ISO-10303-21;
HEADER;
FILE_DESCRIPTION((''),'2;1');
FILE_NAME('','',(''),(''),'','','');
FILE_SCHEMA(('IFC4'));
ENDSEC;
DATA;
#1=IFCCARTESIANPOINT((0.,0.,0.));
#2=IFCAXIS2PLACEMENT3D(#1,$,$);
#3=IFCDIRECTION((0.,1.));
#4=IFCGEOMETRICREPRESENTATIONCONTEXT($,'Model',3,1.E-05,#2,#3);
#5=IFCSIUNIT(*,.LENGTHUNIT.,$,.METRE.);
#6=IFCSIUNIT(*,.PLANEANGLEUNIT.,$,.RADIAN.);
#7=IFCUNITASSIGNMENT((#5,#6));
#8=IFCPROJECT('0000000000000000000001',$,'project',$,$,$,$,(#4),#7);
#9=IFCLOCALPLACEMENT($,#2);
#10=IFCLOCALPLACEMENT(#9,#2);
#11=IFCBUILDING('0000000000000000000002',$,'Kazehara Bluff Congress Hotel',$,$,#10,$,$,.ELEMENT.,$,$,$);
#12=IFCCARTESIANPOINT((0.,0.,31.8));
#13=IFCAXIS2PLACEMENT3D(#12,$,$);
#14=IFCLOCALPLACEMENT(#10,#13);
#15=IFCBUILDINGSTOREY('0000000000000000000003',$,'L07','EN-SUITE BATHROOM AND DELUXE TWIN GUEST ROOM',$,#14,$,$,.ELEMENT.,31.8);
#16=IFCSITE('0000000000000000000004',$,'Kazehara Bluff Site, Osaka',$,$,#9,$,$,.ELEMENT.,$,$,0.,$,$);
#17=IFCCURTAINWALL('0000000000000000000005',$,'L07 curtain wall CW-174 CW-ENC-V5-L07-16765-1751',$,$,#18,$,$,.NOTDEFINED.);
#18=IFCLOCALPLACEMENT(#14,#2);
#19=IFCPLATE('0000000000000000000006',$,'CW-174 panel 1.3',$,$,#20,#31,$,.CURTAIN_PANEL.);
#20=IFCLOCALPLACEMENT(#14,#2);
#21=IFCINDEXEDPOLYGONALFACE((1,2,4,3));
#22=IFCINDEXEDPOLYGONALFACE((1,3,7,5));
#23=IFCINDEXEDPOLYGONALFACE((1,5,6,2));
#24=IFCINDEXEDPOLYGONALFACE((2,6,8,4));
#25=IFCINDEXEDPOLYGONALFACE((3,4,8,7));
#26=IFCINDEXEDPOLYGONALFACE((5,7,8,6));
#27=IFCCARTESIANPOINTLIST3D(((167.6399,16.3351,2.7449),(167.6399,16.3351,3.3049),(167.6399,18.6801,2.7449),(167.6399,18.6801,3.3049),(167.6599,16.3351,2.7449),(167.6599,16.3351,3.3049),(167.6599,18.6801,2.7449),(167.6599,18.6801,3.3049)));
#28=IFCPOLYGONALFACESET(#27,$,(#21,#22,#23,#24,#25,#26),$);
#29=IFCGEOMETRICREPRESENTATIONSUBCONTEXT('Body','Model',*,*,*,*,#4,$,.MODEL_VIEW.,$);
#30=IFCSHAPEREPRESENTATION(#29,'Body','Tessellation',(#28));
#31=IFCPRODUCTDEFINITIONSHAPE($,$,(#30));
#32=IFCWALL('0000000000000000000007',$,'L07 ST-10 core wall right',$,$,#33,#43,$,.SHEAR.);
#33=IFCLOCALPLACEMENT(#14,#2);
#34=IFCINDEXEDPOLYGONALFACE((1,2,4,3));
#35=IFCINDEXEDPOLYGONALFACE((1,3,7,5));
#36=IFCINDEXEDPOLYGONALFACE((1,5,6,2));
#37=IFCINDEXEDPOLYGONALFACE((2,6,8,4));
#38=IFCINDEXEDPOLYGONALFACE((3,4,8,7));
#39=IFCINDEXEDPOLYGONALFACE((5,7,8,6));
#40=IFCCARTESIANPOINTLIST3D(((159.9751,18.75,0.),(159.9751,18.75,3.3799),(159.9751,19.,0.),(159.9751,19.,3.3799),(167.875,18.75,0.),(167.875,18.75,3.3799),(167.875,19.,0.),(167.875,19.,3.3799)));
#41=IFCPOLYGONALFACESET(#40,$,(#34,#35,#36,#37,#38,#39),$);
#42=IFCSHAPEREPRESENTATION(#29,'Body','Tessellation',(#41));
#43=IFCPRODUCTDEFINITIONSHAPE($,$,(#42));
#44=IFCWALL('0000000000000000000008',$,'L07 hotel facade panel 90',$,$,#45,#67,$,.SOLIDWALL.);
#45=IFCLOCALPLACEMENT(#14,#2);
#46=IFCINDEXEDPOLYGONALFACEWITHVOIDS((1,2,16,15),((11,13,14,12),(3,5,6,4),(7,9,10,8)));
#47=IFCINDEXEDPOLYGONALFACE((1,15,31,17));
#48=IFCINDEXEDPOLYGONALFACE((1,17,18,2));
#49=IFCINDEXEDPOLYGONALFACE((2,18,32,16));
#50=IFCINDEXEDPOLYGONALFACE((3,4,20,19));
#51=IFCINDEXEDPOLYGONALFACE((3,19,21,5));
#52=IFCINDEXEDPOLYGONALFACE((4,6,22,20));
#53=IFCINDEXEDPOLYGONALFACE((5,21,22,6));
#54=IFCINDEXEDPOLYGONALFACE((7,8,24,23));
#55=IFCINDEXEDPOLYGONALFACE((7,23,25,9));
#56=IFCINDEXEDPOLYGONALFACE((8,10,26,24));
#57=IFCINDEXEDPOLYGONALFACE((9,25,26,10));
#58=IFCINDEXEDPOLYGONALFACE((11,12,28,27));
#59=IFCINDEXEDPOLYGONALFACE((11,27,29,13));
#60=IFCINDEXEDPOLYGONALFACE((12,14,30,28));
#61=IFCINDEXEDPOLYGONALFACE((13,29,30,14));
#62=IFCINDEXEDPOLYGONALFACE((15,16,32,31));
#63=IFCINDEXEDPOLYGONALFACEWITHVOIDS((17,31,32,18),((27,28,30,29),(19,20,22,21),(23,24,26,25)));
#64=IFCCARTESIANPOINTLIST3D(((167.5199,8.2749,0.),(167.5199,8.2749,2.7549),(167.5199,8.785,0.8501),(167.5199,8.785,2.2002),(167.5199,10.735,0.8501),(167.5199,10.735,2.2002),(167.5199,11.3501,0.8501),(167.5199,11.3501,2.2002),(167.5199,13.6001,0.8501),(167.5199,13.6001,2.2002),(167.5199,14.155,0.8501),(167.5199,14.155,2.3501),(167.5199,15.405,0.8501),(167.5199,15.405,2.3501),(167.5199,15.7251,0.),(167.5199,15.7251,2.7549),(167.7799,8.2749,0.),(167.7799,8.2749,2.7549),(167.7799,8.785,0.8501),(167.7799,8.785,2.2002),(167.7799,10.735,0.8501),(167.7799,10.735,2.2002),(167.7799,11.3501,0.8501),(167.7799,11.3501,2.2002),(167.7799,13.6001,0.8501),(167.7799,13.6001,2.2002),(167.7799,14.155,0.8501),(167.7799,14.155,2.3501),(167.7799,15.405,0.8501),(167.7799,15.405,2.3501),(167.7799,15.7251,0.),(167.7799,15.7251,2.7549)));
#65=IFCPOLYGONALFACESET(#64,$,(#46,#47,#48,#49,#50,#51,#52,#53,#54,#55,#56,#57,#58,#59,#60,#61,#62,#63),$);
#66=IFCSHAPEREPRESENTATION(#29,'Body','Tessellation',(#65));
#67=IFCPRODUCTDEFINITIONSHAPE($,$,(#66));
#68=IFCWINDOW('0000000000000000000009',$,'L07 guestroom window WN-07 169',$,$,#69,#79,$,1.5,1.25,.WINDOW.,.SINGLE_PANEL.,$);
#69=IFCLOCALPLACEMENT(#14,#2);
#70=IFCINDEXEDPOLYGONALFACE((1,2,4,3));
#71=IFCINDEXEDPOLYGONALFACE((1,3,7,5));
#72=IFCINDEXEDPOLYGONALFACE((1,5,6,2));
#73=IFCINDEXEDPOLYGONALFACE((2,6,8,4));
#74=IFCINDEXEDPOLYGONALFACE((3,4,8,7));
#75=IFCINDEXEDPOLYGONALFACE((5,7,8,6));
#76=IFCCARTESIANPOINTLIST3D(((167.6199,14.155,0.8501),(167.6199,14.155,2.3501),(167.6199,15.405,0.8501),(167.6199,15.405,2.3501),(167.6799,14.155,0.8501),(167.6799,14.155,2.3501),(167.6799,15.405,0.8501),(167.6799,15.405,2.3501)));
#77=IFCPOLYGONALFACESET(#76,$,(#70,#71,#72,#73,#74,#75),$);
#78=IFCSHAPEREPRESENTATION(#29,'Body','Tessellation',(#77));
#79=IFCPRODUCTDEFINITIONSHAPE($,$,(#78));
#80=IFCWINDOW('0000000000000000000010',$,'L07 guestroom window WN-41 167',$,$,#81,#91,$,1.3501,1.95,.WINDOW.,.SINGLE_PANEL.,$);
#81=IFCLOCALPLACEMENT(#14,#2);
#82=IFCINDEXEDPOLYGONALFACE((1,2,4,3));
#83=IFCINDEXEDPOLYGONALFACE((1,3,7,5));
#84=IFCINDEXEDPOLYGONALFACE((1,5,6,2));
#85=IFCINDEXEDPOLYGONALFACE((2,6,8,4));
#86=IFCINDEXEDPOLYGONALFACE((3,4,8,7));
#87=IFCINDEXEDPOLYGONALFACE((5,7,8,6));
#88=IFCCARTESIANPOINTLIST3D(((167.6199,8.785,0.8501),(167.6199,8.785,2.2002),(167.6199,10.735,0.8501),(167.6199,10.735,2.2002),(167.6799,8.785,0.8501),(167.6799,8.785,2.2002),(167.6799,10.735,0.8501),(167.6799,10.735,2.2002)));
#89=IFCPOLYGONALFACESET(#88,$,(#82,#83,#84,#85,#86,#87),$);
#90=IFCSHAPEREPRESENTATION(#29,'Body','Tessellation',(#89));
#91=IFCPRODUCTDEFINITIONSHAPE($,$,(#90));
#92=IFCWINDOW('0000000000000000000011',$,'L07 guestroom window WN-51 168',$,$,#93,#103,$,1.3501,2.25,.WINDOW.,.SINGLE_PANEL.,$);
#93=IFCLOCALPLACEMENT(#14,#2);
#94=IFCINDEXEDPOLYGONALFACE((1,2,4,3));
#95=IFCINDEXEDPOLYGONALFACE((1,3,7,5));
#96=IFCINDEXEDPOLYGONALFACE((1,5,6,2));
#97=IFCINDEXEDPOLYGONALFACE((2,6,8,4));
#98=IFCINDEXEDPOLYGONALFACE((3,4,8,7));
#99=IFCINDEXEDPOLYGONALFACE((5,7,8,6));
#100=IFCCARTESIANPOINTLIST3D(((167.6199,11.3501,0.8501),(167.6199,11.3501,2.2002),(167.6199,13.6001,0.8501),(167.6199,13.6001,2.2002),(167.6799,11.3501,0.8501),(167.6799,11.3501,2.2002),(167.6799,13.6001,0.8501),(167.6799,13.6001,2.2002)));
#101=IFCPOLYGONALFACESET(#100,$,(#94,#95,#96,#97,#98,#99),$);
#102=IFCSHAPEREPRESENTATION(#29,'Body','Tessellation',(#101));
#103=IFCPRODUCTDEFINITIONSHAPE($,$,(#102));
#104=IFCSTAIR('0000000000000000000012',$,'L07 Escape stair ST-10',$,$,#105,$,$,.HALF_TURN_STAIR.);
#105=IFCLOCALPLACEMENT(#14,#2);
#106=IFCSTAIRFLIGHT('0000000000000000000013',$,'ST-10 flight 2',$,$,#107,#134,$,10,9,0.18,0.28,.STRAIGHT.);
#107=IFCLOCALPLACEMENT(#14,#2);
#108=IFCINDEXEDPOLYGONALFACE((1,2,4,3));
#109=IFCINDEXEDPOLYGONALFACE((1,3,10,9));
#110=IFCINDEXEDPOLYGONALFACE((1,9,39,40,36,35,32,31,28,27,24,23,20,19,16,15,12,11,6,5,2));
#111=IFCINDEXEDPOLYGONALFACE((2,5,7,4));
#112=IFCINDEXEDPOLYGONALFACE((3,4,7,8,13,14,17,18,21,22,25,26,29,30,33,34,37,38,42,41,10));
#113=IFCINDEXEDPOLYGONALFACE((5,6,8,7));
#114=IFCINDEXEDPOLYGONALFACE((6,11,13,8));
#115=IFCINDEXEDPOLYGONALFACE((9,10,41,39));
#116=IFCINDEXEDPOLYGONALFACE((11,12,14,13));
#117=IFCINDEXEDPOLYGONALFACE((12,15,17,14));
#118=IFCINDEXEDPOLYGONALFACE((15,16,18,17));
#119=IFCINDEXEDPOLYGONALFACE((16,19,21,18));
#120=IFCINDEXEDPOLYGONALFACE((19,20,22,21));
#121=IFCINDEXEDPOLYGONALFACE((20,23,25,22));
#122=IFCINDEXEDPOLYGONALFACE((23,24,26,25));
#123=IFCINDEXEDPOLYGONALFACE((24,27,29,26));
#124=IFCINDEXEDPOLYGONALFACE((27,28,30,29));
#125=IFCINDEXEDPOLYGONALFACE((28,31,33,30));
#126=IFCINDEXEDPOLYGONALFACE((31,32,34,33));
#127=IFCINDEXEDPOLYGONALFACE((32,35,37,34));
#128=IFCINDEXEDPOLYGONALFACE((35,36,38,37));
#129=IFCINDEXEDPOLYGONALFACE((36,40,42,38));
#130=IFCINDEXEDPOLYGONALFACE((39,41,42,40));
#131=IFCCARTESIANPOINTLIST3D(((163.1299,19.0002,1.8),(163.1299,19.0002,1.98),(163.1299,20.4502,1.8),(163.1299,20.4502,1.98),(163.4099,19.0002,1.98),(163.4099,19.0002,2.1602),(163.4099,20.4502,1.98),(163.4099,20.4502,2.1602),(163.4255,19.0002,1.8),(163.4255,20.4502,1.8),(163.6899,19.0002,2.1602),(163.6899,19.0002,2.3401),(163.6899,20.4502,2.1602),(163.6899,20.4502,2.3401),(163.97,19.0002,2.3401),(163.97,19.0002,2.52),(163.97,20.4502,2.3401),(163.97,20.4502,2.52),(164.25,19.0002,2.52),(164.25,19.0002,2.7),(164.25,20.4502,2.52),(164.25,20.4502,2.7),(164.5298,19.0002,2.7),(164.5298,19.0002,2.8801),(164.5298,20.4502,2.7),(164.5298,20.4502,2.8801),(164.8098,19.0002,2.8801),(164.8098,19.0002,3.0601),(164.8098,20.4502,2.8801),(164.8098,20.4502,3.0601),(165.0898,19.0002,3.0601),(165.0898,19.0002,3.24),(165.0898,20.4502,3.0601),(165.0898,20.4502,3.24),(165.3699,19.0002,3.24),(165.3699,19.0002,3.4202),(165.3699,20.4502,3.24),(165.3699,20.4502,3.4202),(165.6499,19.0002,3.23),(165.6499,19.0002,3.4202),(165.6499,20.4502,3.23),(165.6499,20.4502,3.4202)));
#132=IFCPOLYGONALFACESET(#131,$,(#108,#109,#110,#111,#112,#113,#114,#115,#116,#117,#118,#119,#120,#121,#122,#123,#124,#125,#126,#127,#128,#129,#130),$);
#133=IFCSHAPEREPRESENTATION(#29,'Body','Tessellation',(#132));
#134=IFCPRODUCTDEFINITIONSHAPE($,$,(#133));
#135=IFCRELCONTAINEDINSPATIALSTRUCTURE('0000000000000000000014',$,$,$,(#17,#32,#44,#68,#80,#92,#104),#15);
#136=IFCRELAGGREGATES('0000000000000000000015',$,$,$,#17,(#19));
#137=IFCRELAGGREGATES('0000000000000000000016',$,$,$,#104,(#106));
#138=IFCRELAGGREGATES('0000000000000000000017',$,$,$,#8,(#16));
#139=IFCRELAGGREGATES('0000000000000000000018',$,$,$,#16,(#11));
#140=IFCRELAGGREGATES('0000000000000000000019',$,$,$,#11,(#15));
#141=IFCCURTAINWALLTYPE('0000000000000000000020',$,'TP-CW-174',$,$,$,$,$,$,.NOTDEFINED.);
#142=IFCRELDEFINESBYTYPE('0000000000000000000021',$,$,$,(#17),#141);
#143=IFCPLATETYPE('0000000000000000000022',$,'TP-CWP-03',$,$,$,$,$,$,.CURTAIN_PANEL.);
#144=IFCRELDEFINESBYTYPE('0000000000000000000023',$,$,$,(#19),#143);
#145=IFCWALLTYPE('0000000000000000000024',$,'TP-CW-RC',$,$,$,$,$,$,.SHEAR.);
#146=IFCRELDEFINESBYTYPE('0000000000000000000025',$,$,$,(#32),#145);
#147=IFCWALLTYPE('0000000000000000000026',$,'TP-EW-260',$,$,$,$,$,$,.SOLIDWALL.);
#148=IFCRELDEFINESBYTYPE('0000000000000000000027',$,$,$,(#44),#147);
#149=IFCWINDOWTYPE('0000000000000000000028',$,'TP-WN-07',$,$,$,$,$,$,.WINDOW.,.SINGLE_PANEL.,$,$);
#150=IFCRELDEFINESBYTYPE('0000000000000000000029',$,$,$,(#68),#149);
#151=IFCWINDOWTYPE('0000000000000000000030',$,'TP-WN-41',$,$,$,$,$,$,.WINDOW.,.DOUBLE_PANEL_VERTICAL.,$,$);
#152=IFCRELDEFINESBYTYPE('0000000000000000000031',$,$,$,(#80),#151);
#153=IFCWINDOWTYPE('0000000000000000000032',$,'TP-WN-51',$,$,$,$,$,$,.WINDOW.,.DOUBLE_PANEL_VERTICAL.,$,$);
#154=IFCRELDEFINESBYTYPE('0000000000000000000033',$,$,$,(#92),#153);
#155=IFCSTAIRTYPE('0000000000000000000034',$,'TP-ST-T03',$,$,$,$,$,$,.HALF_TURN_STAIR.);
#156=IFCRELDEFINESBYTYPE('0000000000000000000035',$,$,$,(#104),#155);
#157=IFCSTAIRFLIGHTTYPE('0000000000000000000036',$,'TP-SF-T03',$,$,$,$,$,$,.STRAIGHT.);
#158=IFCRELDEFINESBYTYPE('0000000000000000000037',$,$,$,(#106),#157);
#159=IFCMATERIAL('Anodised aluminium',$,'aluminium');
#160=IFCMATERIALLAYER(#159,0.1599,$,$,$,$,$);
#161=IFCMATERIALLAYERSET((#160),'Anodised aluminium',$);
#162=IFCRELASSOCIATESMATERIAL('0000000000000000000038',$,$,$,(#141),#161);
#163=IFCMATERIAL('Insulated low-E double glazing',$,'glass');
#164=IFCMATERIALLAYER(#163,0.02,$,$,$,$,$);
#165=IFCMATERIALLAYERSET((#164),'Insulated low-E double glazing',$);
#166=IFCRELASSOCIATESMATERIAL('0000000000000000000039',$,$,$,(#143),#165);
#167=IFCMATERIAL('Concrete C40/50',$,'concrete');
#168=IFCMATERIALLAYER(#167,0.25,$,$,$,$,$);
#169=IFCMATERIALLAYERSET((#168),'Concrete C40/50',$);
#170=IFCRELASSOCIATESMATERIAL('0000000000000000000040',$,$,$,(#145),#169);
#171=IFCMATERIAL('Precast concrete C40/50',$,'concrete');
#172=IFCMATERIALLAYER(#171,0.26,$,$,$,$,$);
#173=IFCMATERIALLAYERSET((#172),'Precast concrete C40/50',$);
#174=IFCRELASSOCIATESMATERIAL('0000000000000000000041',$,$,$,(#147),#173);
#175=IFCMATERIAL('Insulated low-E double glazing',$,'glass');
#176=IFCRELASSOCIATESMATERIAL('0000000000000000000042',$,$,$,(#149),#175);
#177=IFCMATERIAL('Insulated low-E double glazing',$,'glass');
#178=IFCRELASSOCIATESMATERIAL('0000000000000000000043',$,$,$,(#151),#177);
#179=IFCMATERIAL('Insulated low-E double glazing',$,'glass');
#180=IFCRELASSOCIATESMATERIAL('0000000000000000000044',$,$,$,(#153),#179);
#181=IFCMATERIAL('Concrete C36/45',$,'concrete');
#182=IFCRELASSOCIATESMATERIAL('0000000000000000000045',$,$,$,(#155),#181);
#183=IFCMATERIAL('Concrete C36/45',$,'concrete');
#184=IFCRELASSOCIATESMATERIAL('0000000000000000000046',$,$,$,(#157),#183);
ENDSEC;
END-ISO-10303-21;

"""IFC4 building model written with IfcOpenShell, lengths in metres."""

from ifc_helpers import new_model, si_unit, direction, frame, frame_2d, origin, origin_2d, place, context, subcontext, project, spatial, polyline, rectangle, outline, extrude, material, layer, layer_set, type_object, element, fill, aggregate, save


model = new_model("IFC4")

# Units and contexts
model_context = context("Model", 3, precision=1e-05, world=origin(), true_north=direction((0.0, 1.0)))
body_context = subcontext(model_context, "Body", "Model", "MODEL_VIEW")
ifc_project = project(units=[si_unit("LENGTHUNIT", "METRE"), si_unit("PLANEANGLEUNIT", "RADIAN")], contexts=[model_context])

# Site, building, storey
site_placement = place(None, origin())
site = spatial("IfcSite", under=ifc_project, at=site_placement, Name="Kazehara Bluff Site, Osaka", CompositionType="ELEMENT", RefElevation=0.0)
building_placement = place(site_placement, origin())
building = spatial("IfcBuilding", under=site, at=building_placement, Name="Kazehara Bluff Congress Hotel", CompositionType="ELEMENT")
storey_placement = place(building_placement, frame((0.0, 0.0, 31.8)))
storey = spatial("IfcBuildingStorey", under=building, at=storey_placement, Name="L07", Description="EN-SUITE BATHROOM AND DELUXE TWIN GUEST ROOM", CompositionType="ELEMENT", Elevation=31.8)

# Curtain wall
ifc_material_1 = material(Name="Anodised aluminium", Category="aluminium")
ifc_layer_1 = layer(ifc_material_1, 0.1599)
ifc_layer_set_1 = layer_set([ifc_layer_1], Name="Anodised aluminium")
curtain_wall_type = type_object("IfcCurtainWallType", Name="TP-CW-174", PredefinedType="NOTDEFINED", material=ifc_layer_set_1)
curtain_wall_placement = place(storey_placement, origin())
curtain_wall = element("IfcCurtainWall", 1, at=curtain_wall_placement, inside=storey, type_object=curtain_wall_type, Name="L07 curtain wall CW-174 CW-ENC-V5-L07-16765-1751", PredefinedType="NOTDEFINED")

# Plate
ifc_material_2 = material(Name="Insulated low-E double glazing", Category="glass")
ifc_layer_2 = layer(ifc_material_2, 0.02)
ifc_layer_set_2 = layer_set([ifc_layer_2], Name="Insulated low-E double glazing")
plate_type = type_object("IfcPlateType", Name="TP-CWP-03", PredefinedType="CURTAIN_PANEL", material=ifc_layer_set_2)
plate_1_placement = place(storey_placement, frame((167.6499, 17.5076, 2.7449), z_axis=(0.0, 0.0, 1.0), x_axis=(0.0, -1.0, 0.0)))
plate_1 = element("IfcPlate", 2, at=plate_1_placement, type_object=plate_type, Name="CW-174 panel 1.3", PredefinedType="CURTAIN_PANEL", context=body_context, shape_type="SweptSolid", body=[
    extrude(rectangle(XDim=2.345, YDim=0.02, at=origin_2d()), origin(), (0.0, 0.0, 1.0), 0.5601),
])
aggregate(curtain_wall, [plate_1])

# Wall
ifc_material_3 = material(Name="Concrete C40/50", Category="concrete")
ifc_layer_3 = layer(ifc_material_3, 0.25)
ifc_layer_set_3 = layer_set([ifc_layer_3], Name="Concrete C40/50")
wall_type_1 = type_object("IfcWallType", Name="TP-CW-RC", PredefinedType="SHEAR", material=ifc_layer_set_3)
wall_1_placement = place(storey_placement, frame((167.875, 18.875, 0.0), z_axis=(0.0, 0.0, 1.0), x_axis=(-1.0, 0.0, 0.0)))
element("IfcWall", 3, at=wall_1_placement, inside=storey, type_object=wall_type_1, Name="L07 ST-10 core wall right", PredefinedType="SHEAR", context=body_context, shape_type="SweptSolid", body=[
    extrude(rectangle(XDim=7.8999, YDim=0.25, at=frame_2d((3.95, 0.0))), origin(), (0.0, 0.0, 1.0), 3.3799),
])

# Wall, openings, windows
ifc_material_4 = material(Name="Precast concrete C40/50", Category="concrete")
ifc_layer_4 = layer(ifc_material_4, 0.26)
ifc_layer_set_4 = layer_set([ifc_layer_4], Name="Precast concrete C40/50")
wall_type_2 = type_object("IfcWallType", Name="TP-EW-260", PredefinedType="SOLIDWALL", material=ifc_layer_set_4)
wall_2_placement = place(storey_placement, frame((167.6499, 15.7251, 0.0), z_axis=(0.0, 0.0, 1.0), x_axis=(0.0, -1.0, 0.0)))
wall_2 = element("IfcWall", 4, at=wall_2_placement, inside=storey, type_object=wall_type_2, Name="L07 hotel facade panel 90", PredefinedType="SOLIDWALL", context=body_context, shape_type="SweptSolid", body=[
    extrude(rectangle(XDim=7.4502, YDim=0.26, at=frame_2d((3.7251, 0.0))), origin(), (0.0, 0.0, 1.0), 2.7549),
])
opening_1_placement = place(wall_2_placement, frame((4.99, 0.0, 0.8501)))
opening_1 = element("IfcOpeningElement", 5, at=opening_1_placement, cuts=wall_2, PredefinedType="OPENING", context=body_context, shape_type="SweptSolid", body=[
    extrude(rectangle(XDim=1.95, YDim=1.3501, at=frame_2d((0.9751, 0.675))), frame((0.0, 0.1399, 0.0), z_axis=(0.0, -1.0, 0.0), x_axis=(1.0, 0.0, 0.0)), (0.0, 0.0, 1.0), 0.28),
])
opening_2_placement = place(wall_2_placement, frame((2.125, 0.0, 0.8501)))
opening_2 = element("IfcOpeningElement", 6, at=opening_2_placement, cuts=wall_2, PredefinedType="OPENING", context=body_context, shape_type="SweptSolid", body=[
    extrude(rectangle(XDim=2.25, YDim=1.3501, at=frame_2d((1.125, 0.675))), frame((0.0, 0.1399, 0.0), z_axis=(0.0, -1.0, 0.0), x_axis=(1.0, 0.0, 0.0)), (0.0, 0.0, 1.0), 0.28),
])
opening_3_placement = place(wall_2_placement, frame((0.3201, 0.0, 0.8501)))
opening_3 = element("IfcOpeningElement", 7, at=opening_3_placement, cuts=wall_2, PredefinedType="OPENING", context=body_context, shape_type="SweptSolid", body=[
    extrude(rectangle(XDim=1.25, YDim=1.5, at=frame_2d((0.625, 0.75))), frame((0.0, 0.1399, 0.0), z_axis=(0.0, -1.0, 0.0), x_axis=(1.0, 0.0, 0.0)), (0.0, 0.0, 1.0), 0.28),
])
ifc_material_5 = material(Name="Insulated low-E double glazing", Category="glass")
window_type_1 = type_object("IfcWindowType", Name="TP-WN-07", PartitioningType="SINGLE_PANEL", PredefinedType="WINDOW", material=ifc_material_5)
window_1_placement = place(opening_3_placement, origin())
window_1 = element("IfcWindow", 8, at=window_1_placement, inside=storey, type_object=window_type_1, Name="L07 guestroom window WN-07 169", OverallHeight=1.5, OverallWidth=1.25, PartitioningType="SINGLE_PANEL", PredefinedType="WINDOW", context=body_context, shape_type="SweptSolid", body=[
    extrude(rectangle(XDim=1.25, YDim=1.5, at=frame_2d((0.625, 0.75))), frame((0.0, 0.03, 0.0), z_axis=(0.0, -1.0, 0.0), x_axis=(1.0, 0.0, 0.0)), (0.0, 0.0, 1.0), 0.0601),
])
fill(opening_3, window_1)
ifc_material_6 = material(Name="Insulated low-E double glazing", Category="glass")
window_type_2 = type_object("IfcWindowType", Name="TP-WN-41", PartitioningType="DOUBLE_PANEL_VERTICAL", PredefinedType="WINDOW", material=ifc_material_6)
window_2_placement = place(opening_1_placement, origin())
window_2 = element("IfcWindow", 9, at=window_2_placement, inside=storey, type_object=window_type_2, Name="L07 guestroom window WN-41 167", OverallHeight=1.3501, OverallWidth=1.95, PartitioningType="SINGLE_PANEL", PredefinedType="WINDOW", context=body_context, shape_type="SweptSolid", body=[
    extrude(rectangle(XDim=1.95, YDim=1.3501, at=frame_2d((0.9751, 0.675))), frame((0.0, 0.03, 0.0), z_axis=(0.0, -1.0, 0.0), x_axis=(1.0, 0.0, 0.0)), (0.0, 0.0, 1.0), 0.0601),
])
fill(opening_1, window_2)
ifc_material_7 = material(Name="Insulated low-E double glazing", Category="glass")
window_type_3 = type_object("IfcWindowType", Name="TP-WN-51", PartitioningType="DOUBLE_PANEL_VERTICAL", PredefinedType="WINDOW", material=ifc_material_7)
window_3_placement = place(opening_2_placement, origin())
window_3 = element("IfcWindow", 10, at=window_3_placement, inside=storey, type_object=window_type_3, Name="L07 guestroom window WN-51 168", OverallHeight=1.3501, OverallWidth=2.25, PartitioningType="SINGLE_PANEL", PredefinedType="WINDOW", context=body_context, shape_type="SweptSolid", body=[
    extrude(rectangle(XDim=2.25, YDim=1.3501, at=frame_2d((1.125, 0.675))), frame((0.0, 0.03, 0.0), z_axis=(0.0, -1.0, 0.0), x_axis=(1.0, 0.0, 0.0)), (0.0, 0.0, 1.0), 0.0601),
])
fill(opening_2, window_3)

# Stair, stair flight
ifc_material_8 = material(Name="Concrete C36/45", Category="concrete")
stair_type = type_object("IfcStairType", Name="TP-ST-T03", PredefinedType="HALF_TURN_STAIR", material=ifc_material_8)
stair_placement = place(storey_placement, origin())
stair = element("IfcStair", 11, at=stair_placement, inside=storey, type_object=stair_type, Name="L07 Escape stair ST-10", PredefinedType="HALF_TURN_STAIR")
ifc_material_9 = material(Name="Concrete C36/45", Category="concrete")
stair_flight_type = type_object("IfcStairFlightType", Name="TP-SF-T03", PredefinedType="STRAIGHT", material=ifc_material_9)
stair_flight_placement = place(storey_placement, frame((163.1299, 19.7251, 1.8), z_axis=(0.0, 0.0, 1.0), x_axis=(1.0, 0.0, 0.0)))
stair_flight = element("IfcStairFlight", 12, at=stair_flight_placement, type_object=stair_flight_type, Name="ST-10 flight 2", NumberOfRisers=10, NumberOfTreads=9, PredefinedType="STRAIGHT", RiserHeight=0.18, TreadLength=0.28, context=body_context, shape_type="SweptSolid", body=[
    extrude(outline(polyline([(0.0, 0.0), (0.0, 0.1799), (0.28, 0.1799), (0.28, 0.3601), (0.5601, 0.3601), (0.5601, 0.54), (0.8401, 0.54), (0.8401, 0.72), (1.1201, 0.72), (1.1201, 0.8999), (1.3999, 0.8999), (1.3999, 1.0801), (1.6799, 1.0801), (1.6799, 1.26), (1.96, 1.26), (1.96, 1.4399), (2.24, 1.4399), (2.24, 1.6201), (2.52, 1.6201), (2.52, 1.8), (2.52, 1.4299), (0.2957, 0.0), (0.0, 0.0)])), frame((0.0, 0.7251, 0.0), z_axis=(0.0, -1.0, 0.0), x_axis=(1.0, 0.0, 0.0)), (0.0, 0.0, 1.0), 1.45),
])
aggregate(stair, [stair_flight])

save(model, "model.ifc")
